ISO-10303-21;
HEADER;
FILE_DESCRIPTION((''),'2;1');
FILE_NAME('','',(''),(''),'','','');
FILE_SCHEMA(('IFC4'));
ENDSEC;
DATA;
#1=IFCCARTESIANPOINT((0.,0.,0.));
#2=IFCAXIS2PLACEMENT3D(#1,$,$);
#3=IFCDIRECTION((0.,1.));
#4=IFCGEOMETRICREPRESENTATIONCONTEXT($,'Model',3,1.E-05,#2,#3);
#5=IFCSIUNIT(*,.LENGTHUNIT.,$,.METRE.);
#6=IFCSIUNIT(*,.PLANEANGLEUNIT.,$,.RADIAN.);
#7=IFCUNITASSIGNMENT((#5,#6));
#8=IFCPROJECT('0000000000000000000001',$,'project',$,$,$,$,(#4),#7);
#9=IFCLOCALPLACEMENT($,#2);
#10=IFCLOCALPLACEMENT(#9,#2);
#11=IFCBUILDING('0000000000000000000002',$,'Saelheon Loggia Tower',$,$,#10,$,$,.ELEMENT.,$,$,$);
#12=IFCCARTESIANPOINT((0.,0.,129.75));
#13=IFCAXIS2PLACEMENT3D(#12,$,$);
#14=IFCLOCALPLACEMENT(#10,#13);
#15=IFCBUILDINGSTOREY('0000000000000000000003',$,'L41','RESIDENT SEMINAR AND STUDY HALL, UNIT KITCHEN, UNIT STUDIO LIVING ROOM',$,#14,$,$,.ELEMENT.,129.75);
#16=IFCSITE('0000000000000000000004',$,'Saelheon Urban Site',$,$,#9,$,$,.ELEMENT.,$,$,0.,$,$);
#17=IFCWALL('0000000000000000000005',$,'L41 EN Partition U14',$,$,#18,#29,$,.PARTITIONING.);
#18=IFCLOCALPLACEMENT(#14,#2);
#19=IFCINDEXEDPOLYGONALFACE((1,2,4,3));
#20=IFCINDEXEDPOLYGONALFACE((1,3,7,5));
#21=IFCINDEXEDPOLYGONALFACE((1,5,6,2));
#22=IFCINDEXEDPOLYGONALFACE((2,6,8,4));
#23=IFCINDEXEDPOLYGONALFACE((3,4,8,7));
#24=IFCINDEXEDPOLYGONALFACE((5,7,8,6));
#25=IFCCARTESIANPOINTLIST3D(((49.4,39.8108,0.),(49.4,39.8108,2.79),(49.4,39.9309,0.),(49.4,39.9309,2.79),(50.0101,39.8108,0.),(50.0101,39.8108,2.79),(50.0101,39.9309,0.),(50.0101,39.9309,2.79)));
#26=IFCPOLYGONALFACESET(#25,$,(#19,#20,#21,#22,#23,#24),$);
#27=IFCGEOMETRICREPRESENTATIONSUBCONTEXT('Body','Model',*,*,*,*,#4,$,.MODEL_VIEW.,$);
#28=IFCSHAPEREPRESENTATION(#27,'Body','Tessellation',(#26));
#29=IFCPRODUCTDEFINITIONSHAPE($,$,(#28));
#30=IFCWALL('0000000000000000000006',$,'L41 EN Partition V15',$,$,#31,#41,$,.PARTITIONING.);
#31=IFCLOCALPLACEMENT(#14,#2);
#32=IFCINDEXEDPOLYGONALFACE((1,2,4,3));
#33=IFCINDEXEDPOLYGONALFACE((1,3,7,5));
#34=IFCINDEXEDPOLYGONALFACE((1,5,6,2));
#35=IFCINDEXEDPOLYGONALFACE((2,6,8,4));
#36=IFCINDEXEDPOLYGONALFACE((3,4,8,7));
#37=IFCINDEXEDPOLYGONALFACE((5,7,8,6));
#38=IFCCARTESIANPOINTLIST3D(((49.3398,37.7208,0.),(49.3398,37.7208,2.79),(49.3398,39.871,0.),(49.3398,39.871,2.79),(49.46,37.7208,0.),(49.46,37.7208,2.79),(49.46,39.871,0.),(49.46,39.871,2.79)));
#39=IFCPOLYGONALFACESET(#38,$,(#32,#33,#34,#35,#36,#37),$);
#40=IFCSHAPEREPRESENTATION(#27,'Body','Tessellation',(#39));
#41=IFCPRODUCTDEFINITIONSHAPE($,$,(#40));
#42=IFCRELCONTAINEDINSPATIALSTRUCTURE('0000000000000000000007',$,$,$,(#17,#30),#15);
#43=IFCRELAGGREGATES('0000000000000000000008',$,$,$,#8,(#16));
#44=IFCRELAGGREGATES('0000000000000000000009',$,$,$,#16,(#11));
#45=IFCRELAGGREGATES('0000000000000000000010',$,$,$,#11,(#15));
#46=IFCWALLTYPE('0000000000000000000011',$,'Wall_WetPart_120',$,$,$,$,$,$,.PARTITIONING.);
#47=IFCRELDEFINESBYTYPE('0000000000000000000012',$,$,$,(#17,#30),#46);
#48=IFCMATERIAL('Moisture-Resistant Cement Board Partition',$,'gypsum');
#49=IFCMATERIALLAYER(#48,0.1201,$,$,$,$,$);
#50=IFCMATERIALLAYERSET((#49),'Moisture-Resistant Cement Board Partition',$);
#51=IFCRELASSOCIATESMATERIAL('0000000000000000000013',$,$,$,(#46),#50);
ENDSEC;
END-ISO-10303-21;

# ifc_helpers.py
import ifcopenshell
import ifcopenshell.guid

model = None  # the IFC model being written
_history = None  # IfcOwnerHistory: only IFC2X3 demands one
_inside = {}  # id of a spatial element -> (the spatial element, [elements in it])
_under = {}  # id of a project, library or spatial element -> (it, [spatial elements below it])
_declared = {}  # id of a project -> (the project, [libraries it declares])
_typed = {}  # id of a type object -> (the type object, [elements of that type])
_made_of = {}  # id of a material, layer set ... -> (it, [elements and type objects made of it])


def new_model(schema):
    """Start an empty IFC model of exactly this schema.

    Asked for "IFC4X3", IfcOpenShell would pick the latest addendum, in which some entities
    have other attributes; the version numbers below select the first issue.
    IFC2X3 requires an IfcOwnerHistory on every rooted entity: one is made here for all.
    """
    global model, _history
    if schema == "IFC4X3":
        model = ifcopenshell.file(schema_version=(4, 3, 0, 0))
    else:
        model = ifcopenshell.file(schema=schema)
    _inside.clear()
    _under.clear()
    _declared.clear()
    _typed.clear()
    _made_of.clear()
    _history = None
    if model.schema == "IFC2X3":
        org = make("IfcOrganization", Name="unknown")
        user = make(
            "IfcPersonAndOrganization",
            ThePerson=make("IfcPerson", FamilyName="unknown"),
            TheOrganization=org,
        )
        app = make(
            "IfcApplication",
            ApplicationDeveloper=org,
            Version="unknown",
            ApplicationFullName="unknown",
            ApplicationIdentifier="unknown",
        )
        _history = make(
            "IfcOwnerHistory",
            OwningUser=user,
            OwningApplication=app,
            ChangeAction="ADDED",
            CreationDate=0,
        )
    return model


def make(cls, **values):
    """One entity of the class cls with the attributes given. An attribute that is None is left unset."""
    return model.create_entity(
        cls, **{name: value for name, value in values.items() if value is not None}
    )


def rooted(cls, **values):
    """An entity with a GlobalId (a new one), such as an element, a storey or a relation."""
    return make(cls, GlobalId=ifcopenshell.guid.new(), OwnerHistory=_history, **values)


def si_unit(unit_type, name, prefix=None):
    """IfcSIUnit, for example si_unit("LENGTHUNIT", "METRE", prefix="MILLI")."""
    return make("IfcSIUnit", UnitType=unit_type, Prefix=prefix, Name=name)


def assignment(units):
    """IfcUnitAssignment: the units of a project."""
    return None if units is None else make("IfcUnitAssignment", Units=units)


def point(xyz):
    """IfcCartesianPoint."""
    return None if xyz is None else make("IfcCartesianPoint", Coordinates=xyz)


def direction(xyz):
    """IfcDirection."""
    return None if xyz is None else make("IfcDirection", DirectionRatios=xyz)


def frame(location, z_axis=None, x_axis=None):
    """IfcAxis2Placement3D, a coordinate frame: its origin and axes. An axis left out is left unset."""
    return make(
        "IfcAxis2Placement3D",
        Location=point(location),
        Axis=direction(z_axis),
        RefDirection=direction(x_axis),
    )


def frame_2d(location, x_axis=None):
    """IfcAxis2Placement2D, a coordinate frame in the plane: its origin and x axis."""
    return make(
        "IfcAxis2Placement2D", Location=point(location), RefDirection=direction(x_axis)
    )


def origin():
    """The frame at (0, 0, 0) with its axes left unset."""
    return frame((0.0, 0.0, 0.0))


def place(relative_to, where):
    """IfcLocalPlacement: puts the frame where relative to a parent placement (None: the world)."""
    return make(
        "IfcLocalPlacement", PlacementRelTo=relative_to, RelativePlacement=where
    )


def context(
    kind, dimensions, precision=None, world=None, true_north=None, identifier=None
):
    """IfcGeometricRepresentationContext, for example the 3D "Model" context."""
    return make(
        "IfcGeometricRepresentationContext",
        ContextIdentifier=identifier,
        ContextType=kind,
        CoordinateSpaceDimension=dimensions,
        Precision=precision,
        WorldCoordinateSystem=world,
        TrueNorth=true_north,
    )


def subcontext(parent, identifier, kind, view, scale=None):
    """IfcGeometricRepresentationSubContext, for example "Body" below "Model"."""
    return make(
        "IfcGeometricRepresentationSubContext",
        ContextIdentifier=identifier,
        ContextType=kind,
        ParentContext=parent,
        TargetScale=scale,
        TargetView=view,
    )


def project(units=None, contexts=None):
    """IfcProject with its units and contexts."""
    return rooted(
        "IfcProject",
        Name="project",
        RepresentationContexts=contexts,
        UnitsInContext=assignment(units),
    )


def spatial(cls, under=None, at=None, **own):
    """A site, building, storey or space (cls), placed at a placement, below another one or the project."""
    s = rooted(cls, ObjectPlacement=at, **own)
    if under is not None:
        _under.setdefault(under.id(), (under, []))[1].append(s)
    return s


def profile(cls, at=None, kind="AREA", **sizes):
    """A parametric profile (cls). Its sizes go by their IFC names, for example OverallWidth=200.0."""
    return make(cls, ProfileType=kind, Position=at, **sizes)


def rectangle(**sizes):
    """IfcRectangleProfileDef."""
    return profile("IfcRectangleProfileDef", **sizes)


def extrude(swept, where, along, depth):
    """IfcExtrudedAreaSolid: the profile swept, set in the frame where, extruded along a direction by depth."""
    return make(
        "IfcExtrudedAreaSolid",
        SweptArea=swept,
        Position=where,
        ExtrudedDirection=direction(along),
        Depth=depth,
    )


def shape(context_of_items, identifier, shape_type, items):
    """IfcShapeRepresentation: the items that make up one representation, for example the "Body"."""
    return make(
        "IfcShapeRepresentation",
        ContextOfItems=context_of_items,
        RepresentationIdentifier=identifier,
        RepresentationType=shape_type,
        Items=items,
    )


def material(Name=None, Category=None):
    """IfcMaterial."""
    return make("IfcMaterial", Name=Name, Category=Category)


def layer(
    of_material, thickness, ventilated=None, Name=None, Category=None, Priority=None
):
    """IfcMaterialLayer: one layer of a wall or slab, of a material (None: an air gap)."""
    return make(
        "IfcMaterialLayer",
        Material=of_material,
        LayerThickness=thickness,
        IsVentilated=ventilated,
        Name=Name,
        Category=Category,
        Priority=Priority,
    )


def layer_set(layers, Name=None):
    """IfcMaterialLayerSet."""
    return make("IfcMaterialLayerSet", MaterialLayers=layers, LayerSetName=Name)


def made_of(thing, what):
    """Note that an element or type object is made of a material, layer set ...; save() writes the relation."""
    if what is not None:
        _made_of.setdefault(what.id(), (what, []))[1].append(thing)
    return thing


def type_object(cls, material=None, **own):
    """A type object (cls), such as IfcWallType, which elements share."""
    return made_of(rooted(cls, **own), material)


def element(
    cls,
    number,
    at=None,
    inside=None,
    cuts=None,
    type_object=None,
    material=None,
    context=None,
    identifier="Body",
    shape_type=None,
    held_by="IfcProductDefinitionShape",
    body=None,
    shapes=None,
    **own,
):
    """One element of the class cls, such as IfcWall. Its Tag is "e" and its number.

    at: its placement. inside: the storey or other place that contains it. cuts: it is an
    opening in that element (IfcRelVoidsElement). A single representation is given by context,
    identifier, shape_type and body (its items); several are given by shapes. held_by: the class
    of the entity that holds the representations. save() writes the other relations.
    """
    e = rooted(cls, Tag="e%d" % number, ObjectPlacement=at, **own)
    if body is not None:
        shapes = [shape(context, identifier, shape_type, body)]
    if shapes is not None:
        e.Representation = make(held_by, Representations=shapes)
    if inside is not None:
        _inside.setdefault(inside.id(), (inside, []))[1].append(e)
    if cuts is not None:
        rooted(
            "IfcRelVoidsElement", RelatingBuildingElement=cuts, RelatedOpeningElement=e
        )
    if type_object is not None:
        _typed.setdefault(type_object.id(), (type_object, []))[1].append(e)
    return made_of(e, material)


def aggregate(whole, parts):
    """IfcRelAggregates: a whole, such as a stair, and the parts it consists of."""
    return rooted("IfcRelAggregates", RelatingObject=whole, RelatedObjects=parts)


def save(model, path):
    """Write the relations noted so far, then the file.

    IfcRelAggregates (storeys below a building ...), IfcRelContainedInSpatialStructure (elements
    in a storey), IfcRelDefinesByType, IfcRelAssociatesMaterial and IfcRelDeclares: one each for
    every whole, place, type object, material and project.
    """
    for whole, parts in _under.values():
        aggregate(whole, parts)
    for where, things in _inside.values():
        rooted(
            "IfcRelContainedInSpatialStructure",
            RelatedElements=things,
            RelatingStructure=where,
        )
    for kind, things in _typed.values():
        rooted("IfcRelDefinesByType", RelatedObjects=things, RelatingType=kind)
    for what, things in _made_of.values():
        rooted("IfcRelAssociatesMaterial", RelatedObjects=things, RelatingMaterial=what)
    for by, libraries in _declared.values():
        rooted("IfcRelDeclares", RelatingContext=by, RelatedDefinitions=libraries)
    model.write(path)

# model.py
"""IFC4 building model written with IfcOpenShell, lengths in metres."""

from ifc_helpers import new_model, si_unit, direction, frame, frame_2d, origin, place, context, subcontext, project, spatial, rectangle, extrude, material, layer, layer_set, type_object, element, save


model = new_model("IFC4")

# Units and contexts
model_context = context("Model", 3, precision=1e-05, world=origin(), true_north=direction((0.0, 1.0)))
body_context = subcontext(model_context, "Body", "Model", "MODEL_VIEW")
ifc_project = project(units=[si_unit("LENGTHUNIT", "METRE"), si_unit("PLANEANGLEUNIT", "RADIAN")], contexts=[model_context])

# Site, building, storey
site_placement = place(None, origin())
site = spatial("IfcSite", under=ifc_project, at=site_placement, Name="Saelheon Urban Site", CompositionType="ELEMENT", RefElevation=0.0)
building_placement = place(site_placement, origin())
building = spatial("IfcBuilding", under=site, at=building_placement, Name="Saelheon Loggia Tower", CompositionType="ELEMENT")
storey_placement = place(building_placement, frame((0.0, 0.0, 129.75)))
storey = spatial("IfcBuildingStorey", under=building, at=storey_placement, Name="L41", Description="RESIDENT SEMINAR AND STUDY HALL, UNIT KITCHEN, UNIT STUDIO LIVING ROOM", CompositionType="ELEMENT", Elevation=129.75)

# Shared definitions
ifc_material_1 = material(Name="Moisture-Resistant Cement Board Partition", Category="gypsum")
ifc_layer_1 = layer(ifc_material_1, 0.1201)
ifc_layer_set_1 = layer_set([ifc_layer_1], Name="Moisture-Resistant Cement Board Partition")
wall_type_1 = type_object("IfcWallType", Name="Wall_WetPart_120", PredefinedType="PARTITIONING", material=ifc_layer_set_1)

# Walls
wall_1_placement = place(storey_placement, frame((49.3999, 39.8708, 0.0), z_axis=(0.0, 0.0, 1.0), x_axis=(1.0, 0.0, 0.0)))
element("IfcWall", 1, at=wall_1_placement, inside=storey, type_object=wall_type_1, Name="L41 EN Partition U14", PredefinedType="PARTITIONING", context=body_context, shape_type="SweptSolid", body=[
    extrude(rectangle(XDim=0.6101, YDim=0.1201, at=frame_2d((0.3052, 0.0))), origin(), (0.0, 0.0, 1.0), 2.79),
])
wall_2_placement = place(storey_placement, frame((49.3999, 37.7207, 0.0), z_axis=(0.0, 0.0, 1.0), x_axis=(0.0, 1.0, 0.0)))
element("IfcWall", 2, at=wall_2_placement, inside=storey, type_object=wall_type_1, Name="L41 EN Partition V15", PredefinedType="PARTITIONING", context=body_context, shape_type="SweptSolid", body=[
    extrude(rectangle(XDim=2.1501, YDim=0.1201, at=frame_2d((1.0752, 0.0))), origin(), (0.0, 0.0, 1.0), 2.79),
])

save(model, "model.ifc")
